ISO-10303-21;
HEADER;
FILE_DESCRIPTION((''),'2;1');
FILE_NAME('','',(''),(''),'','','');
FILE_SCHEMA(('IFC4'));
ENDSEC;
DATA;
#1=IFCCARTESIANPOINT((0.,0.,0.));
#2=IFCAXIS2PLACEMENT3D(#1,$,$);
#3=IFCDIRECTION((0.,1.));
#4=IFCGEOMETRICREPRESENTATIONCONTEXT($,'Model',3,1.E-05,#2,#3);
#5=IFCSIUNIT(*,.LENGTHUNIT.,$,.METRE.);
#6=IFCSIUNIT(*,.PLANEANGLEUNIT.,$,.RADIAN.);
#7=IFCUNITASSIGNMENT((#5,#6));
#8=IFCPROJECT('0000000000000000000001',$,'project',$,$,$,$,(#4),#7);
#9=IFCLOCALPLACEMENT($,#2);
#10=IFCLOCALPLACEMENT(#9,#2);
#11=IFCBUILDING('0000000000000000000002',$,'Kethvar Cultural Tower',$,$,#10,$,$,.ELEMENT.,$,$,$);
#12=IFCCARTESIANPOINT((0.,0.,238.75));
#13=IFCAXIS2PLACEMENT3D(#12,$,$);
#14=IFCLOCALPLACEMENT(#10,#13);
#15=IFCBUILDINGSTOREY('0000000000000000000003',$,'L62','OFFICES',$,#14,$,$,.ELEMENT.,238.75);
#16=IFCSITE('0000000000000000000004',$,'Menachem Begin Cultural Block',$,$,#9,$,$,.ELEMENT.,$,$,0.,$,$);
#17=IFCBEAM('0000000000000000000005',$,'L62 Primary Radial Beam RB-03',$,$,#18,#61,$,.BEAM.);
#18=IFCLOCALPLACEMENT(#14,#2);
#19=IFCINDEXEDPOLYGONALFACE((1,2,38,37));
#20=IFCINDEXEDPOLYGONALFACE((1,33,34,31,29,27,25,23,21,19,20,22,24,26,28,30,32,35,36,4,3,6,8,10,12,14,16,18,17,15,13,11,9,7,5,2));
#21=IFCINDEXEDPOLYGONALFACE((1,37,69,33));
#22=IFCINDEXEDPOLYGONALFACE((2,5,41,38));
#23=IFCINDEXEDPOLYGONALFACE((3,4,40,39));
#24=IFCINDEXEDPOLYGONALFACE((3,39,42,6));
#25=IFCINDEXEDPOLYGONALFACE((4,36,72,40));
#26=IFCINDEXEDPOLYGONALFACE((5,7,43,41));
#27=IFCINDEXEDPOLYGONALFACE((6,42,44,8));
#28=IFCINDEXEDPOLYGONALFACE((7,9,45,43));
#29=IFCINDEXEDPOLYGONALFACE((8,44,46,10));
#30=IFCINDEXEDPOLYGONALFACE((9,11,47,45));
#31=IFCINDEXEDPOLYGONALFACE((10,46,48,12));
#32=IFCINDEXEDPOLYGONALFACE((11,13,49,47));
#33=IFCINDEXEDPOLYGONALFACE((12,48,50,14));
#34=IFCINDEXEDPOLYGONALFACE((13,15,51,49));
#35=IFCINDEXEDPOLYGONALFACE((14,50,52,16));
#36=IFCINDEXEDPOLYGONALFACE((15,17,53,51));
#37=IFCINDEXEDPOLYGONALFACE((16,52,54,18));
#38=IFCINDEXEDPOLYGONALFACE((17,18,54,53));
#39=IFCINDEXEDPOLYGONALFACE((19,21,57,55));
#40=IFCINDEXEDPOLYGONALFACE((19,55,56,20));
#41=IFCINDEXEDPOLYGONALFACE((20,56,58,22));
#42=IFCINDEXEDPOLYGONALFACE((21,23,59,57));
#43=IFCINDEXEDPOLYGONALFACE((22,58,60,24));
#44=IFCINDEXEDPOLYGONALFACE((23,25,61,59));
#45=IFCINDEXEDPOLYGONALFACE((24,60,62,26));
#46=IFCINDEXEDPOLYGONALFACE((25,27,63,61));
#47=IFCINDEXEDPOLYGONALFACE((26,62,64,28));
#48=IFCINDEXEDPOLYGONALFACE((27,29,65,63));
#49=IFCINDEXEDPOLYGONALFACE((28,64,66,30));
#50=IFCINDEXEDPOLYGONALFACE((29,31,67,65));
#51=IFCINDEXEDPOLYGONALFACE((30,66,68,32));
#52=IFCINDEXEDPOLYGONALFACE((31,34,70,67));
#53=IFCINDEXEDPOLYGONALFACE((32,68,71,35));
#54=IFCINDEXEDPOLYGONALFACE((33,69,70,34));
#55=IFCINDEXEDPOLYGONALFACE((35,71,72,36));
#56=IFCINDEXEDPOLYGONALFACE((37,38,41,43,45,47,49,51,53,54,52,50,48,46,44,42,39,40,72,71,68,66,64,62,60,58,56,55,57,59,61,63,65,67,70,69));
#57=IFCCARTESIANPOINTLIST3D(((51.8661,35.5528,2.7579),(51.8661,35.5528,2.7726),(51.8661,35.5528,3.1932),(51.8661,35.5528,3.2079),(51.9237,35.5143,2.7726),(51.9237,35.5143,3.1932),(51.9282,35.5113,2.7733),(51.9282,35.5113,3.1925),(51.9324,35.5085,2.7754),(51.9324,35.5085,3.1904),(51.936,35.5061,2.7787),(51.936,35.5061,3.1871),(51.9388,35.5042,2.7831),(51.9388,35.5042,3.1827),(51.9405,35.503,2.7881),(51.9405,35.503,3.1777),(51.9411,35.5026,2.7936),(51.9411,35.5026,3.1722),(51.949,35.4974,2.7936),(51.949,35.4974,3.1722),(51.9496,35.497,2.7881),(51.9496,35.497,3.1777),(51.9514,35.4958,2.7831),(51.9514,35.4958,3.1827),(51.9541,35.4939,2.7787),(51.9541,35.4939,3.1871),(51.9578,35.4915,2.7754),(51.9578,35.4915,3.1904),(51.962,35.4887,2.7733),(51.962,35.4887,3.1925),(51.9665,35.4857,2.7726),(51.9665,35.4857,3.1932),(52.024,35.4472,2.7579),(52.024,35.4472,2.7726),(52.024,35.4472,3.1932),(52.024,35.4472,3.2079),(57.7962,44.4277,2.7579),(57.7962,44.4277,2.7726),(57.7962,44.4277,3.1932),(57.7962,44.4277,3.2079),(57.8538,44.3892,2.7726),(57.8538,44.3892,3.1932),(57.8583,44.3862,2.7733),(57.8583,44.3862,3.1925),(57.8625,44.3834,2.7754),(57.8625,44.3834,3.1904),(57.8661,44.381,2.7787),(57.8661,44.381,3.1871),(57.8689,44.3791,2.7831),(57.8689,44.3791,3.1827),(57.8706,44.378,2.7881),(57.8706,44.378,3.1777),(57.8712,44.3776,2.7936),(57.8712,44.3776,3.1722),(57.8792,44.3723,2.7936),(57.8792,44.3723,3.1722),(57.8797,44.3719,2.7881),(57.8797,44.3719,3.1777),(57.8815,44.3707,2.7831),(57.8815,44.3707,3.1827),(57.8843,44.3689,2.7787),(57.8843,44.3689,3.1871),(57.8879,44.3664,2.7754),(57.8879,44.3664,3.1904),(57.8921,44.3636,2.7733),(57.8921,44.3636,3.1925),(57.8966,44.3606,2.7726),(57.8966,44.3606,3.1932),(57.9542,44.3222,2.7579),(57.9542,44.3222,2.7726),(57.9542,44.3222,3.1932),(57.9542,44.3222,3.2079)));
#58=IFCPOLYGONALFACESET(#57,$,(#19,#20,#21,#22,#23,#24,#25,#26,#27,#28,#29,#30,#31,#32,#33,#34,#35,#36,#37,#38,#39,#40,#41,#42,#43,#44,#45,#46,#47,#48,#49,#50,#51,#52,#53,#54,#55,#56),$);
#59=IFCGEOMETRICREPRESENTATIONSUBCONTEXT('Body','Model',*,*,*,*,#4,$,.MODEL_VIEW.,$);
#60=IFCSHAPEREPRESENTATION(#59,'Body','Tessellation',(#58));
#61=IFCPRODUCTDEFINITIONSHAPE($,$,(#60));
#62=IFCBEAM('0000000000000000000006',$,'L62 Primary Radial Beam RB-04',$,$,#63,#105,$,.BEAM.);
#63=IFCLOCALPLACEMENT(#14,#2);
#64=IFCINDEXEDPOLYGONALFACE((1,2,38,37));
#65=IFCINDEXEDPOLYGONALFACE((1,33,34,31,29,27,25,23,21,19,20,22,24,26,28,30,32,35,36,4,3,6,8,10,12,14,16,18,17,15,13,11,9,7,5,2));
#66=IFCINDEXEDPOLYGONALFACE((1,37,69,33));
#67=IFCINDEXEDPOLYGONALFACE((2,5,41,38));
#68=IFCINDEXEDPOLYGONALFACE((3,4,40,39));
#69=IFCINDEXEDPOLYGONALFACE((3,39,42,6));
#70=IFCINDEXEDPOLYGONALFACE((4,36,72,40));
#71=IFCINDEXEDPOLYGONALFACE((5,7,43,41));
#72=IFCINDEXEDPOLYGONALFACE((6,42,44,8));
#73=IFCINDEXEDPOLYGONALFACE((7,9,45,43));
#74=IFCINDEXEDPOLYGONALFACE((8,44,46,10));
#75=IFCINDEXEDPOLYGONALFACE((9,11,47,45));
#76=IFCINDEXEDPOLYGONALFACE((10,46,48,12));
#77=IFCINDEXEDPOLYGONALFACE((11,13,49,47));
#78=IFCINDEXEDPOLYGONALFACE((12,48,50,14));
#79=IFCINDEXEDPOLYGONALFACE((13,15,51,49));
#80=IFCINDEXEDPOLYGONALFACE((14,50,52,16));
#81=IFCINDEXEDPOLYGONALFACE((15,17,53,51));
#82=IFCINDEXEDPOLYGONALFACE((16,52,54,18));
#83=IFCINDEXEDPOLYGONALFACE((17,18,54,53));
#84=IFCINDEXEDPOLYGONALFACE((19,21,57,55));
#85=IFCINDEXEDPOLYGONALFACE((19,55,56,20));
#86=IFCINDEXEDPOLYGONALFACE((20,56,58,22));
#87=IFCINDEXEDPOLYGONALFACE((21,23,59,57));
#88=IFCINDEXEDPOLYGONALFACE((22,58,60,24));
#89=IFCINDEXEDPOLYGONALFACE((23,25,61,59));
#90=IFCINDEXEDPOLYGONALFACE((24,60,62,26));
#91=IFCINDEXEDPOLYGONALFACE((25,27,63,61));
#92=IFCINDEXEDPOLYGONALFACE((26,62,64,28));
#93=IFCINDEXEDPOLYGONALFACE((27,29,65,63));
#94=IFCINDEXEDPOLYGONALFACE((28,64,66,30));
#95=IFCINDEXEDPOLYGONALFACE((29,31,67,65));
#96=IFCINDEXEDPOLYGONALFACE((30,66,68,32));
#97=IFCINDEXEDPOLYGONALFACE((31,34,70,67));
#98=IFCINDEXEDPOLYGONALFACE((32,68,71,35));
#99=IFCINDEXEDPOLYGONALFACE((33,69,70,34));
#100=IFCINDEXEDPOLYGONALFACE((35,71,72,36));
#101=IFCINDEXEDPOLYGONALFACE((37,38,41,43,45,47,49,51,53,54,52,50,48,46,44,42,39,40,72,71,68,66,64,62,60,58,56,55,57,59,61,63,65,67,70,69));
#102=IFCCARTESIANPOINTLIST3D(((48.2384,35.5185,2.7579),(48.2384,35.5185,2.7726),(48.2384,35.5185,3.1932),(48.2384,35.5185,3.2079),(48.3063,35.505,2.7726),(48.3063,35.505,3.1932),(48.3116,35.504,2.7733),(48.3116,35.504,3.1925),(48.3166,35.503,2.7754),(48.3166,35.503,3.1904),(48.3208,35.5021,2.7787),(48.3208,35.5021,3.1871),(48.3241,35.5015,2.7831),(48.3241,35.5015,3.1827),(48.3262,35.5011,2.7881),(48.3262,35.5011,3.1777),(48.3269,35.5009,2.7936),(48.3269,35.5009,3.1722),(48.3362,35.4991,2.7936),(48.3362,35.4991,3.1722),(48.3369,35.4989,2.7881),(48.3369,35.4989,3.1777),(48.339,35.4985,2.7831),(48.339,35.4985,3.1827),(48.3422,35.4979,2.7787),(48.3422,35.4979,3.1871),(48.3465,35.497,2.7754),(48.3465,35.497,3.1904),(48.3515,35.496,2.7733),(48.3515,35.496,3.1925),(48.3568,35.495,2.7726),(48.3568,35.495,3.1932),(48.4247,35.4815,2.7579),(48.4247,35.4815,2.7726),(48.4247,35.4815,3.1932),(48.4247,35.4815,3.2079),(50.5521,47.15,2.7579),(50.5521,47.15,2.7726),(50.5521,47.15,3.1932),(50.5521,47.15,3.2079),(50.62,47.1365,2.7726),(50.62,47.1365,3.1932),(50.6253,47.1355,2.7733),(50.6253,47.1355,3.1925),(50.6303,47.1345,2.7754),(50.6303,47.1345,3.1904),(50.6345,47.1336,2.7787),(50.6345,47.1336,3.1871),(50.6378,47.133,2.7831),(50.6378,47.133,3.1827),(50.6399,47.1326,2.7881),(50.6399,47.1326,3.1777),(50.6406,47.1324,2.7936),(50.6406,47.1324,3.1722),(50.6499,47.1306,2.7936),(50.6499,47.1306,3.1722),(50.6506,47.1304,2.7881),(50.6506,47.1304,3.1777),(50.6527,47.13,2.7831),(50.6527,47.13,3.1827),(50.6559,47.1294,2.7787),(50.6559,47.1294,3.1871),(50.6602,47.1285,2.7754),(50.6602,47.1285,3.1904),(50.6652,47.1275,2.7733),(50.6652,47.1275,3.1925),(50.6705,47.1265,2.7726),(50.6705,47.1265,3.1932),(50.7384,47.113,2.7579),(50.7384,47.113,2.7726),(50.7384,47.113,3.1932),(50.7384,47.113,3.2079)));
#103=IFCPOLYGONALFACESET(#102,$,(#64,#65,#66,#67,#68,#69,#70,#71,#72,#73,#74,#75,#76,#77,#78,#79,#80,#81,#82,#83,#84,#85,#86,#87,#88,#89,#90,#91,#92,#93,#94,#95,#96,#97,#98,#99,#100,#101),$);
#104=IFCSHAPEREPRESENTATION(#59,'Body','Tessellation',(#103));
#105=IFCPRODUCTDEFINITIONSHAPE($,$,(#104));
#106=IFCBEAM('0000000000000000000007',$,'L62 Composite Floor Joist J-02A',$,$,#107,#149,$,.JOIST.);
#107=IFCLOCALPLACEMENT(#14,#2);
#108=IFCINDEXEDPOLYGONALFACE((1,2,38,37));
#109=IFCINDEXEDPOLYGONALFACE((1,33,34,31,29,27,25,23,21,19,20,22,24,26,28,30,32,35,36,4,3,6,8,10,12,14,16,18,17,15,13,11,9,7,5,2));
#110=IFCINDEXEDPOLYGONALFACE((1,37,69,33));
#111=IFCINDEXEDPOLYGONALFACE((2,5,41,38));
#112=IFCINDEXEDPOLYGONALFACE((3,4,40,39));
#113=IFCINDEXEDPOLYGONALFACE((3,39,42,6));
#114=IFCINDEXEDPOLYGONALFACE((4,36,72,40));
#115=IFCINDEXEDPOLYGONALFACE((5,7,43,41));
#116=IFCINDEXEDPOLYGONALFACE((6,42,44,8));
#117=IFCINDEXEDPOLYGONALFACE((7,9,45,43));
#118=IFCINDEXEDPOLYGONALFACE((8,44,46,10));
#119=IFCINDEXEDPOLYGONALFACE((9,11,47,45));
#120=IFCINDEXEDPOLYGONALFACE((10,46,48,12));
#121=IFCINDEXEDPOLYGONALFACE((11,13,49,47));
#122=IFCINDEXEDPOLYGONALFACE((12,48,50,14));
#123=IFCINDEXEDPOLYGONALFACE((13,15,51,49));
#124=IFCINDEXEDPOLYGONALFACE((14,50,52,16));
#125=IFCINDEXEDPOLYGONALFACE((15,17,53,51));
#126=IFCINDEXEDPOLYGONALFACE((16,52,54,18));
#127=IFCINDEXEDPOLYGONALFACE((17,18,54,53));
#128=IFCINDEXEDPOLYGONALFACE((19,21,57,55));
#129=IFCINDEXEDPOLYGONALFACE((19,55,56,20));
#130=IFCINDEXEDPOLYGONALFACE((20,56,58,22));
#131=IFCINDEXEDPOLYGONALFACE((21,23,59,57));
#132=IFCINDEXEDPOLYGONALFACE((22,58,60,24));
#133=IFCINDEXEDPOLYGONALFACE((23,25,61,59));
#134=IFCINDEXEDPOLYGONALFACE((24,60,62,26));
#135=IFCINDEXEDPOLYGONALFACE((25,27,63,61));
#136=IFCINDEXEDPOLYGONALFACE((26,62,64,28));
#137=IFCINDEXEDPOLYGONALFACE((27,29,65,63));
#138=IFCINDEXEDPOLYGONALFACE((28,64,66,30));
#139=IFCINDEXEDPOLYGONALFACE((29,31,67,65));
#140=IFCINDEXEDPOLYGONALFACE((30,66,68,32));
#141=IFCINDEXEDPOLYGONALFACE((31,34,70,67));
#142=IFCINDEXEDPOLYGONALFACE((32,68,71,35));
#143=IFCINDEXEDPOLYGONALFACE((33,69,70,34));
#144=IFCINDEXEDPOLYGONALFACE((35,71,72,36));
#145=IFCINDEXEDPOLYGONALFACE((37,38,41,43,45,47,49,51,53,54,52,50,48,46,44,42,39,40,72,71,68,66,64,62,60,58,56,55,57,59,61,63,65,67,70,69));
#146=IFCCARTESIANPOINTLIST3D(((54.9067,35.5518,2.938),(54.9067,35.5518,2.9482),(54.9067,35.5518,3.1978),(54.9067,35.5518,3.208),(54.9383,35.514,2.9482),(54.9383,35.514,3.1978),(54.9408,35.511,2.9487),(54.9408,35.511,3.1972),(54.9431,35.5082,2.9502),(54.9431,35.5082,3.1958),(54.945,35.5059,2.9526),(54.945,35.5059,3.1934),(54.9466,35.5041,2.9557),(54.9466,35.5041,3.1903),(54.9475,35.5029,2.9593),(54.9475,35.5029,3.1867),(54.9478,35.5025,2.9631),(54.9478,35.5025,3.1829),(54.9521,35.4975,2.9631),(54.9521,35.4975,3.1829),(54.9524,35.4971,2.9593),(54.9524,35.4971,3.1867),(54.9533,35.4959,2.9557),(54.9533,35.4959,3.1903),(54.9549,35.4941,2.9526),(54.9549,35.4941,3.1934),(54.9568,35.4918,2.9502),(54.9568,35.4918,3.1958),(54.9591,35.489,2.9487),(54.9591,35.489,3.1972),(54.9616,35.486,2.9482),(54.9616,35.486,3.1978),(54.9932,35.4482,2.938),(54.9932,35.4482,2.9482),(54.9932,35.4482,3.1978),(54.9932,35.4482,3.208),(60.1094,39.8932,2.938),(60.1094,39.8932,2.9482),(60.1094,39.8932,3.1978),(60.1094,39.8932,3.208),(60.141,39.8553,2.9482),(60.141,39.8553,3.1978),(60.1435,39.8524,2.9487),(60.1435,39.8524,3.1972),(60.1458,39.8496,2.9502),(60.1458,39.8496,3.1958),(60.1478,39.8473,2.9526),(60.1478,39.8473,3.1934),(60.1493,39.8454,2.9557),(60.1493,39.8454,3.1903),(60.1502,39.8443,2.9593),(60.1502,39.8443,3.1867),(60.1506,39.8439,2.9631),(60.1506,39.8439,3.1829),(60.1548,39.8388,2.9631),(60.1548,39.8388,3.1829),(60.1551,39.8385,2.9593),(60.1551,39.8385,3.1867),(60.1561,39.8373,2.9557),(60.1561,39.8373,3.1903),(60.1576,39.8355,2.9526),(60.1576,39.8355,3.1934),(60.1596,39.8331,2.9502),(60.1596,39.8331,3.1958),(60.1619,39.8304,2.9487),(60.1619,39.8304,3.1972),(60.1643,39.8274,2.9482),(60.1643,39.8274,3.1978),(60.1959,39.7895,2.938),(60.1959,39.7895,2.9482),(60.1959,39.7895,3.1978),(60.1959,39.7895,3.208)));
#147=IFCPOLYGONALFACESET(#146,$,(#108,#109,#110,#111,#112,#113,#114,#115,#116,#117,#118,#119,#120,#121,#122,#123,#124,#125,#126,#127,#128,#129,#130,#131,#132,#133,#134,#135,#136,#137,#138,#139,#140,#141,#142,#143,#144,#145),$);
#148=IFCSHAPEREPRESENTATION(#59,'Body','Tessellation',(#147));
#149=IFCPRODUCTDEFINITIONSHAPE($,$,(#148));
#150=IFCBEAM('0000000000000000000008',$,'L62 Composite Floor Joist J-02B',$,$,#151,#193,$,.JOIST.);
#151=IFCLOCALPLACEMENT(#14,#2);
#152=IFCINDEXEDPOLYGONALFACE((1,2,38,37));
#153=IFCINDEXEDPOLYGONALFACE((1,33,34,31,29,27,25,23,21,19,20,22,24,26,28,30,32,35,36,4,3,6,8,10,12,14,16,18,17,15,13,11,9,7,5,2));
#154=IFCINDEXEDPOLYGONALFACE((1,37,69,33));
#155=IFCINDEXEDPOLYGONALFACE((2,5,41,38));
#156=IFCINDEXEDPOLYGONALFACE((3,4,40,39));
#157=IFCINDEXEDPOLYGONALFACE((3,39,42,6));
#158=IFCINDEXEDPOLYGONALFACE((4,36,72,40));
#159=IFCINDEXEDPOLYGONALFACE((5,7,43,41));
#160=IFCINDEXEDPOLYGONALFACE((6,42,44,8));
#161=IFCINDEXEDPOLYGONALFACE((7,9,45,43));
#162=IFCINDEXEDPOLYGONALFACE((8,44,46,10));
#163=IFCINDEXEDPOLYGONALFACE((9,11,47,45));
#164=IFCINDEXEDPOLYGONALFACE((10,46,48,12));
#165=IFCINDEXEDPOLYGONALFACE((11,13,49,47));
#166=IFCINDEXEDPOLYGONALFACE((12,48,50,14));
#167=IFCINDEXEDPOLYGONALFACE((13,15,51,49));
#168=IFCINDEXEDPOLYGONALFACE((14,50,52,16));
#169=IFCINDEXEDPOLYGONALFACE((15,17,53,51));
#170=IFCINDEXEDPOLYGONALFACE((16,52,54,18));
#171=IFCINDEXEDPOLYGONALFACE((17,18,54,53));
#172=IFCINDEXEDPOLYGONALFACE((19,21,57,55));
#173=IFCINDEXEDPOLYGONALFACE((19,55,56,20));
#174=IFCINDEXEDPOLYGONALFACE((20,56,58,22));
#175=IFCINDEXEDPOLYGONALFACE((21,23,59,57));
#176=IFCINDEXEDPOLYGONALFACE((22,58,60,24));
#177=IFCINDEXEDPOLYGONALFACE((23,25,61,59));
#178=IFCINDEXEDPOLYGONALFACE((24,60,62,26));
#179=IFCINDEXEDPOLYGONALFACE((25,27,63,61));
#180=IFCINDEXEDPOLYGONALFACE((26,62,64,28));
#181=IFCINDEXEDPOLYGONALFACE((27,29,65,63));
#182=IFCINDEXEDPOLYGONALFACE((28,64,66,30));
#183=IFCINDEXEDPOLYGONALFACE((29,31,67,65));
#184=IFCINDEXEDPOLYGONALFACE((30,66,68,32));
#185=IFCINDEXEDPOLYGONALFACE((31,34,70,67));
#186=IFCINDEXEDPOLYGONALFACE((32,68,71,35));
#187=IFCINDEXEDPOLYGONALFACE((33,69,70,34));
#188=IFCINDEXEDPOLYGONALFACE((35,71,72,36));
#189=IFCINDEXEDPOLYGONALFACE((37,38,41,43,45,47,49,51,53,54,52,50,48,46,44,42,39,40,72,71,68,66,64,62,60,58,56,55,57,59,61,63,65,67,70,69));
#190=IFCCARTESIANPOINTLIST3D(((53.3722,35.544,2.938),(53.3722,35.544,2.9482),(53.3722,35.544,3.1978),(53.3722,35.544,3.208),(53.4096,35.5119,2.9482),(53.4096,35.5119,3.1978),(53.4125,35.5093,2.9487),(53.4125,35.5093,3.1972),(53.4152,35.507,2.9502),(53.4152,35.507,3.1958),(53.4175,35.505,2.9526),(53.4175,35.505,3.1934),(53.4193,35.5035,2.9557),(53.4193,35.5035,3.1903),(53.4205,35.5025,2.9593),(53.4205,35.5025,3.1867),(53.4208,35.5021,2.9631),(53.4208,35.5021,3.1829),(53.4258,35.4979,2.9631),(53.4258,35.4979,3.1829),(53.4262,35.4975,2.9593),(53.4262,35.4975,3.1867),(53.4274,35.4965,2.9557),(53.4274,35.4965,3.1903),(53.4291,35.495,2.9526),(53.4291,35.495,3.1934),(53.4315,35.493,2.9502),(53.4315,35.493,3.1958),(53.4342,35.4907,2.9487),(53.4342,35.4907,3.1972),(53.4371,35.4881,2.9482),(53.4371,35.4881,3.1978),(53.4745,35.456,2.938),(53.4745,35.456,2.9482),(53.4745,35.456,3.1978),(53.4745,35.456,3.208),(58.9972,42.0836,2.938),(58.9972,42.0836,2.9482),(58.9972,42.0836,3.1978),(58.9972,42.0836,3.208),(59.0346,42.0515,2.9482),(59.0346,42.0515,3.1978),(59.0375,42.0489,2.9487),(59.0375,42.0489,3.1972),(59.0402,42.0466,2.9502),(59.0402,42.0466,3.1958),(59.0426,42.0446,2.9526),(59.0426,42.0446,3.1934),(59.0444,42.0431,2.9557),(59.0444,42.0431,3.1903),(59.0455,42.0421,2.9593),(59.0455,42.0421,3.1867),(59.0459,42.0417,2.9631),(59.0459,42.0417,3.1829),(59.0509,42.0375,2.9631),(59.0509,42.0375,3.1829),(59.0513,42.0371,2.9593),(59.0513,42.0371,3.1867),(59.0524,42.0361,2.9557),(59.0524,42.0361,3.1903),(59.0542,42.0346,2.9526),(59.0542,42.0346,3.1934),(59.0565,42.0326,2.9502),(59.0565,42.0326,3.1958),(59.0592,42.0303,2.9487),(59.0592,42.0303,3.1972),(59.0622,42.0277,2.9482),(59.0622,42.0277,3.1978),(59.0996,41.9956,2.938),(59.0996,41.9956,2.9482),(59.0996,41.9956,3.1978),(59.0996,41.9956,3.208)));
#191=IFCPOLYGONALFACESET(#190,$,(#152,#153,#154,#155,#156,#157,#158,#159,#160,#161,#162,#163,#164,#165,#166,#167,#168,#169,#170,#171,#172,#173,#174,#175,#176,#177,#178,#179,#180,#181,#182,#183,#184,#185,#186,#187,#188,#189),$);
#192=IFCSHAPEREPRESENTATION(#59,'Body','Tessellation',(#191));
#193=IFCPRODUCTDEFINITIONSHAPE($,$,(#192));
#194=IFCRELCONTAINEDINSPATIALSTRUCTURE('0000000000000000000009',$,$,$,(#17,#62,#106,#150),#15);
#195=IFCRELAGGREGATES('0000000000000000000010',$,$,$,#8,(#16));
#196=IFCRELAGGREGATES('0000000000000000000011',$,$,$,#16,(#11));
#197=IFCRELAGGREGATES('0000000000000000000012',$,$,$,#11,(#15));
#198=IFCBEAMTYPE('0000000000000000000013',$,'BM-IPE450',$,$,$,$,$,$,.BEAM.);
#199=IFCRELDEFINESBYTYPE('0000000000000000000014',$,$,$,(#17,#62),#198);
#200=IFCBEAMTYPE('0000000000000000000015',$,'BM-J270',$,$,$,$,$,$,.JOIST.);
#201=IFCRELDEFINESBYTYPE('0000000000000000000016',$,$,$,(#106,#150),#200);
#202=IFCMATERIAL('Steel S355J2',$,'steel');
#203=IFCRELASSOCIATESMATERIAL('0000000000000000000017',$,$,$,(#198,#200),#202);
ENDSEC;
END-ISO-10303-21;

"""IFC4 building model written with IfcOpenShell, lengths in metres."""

from ifc_helpers import new_model, si_unit, direction, frame, origin, origin_2d, place, context, subcontext, project, spatial, i_section, extrude, source, transform, mapped, material, material_profile, profile_set, type_object, element, save


model = new_model("IFC4")

# Units and contexts
model_context = context("Model", 3, precision=1e-05, world=origin(), true_north=direction((0.0, 1.0)))
body_context = subcontext(model_context, "Body", "Model", "MODEL_VIEW")
ifc_project = project(units=[si_unit("LENGTHUNIT", "METRE"), si_unit("PLANEANGLEUNIT", "RADIAN")], contexts=[model_context])

# Site, building, storey
site_placement = place(None, origin())
site = spatial("IfcSite", under=ifc_project, at=site_placement, Name="Menachem Begin Cultural Block", CompositionType="ELEMENT", RefElevation=0.0)
building_placement = place(site_placement, origin())
building = spatial("IfcBuilding", under=site, at=building_placement, Name="Kethvar Cultural Tower", CompositionType="ELEMENT")
storey_placement = place(building_placement, frame((0.0, 0.0, 238.75)))
storey = spatial("IfcBuildingStorey", under=building, at=storey_placement, Name="L62", Description="OFFICES", CompositionType="ELEMENT", Elevation=238.75)

# Beams
ifc_material_1 = material(Name="Steel S355J2", Category="steel")
ifc_material_profile_1 = material_profile(ifc_material_1, i_section(OverallWidth=0.1899, OverallDepth=0.45, WebThickness=0.0095, FlangeThickness=0.0146, FilletRadius=0.021, at=origin_2d()), Name="Steel S355J2 — IPE450")
ifc_profile_set_1 = profile_set([ifc_material_profile_1], Name="Steel S355J2 — IPE450")
beam_type_1 = type_object("IfcBeamType", Name="BM-IPE450", PredefinedType="BEAM", material=ifc_profile_set_1)
shared_shape_1 = source(origin(), body_context, "Body", "SweptSolid", [
    extrude(i_section(OverallWidth=0.1899, OverallDepth=0.45, WebThickness=0.0095, FlangeThickness=0.0146, FilletRadius=0.021, at=origin_2d()), origin(), (0.0, 0.0, 1.0), 10.6738),
])
beam_1_placement = place(storey_placement, frame((51.9451, 35.5, 2.9829), z_axis=(0.555576, 0.831466, 0.0), x_axis=(-0.831466, 0.555576, 0.0)))
element("IfcBeam", 1, at=beam_1_placement, inside=storey, type_object=beam_type_1, Name="L62 Primary Radial Beam RB-03", PredefinedType="BEAM", context=body_context, shape_type="MappedRepresentation", body=[
    mapped(shared_shape_1, transform((0.0, 0.0, 0.0), scale=1.0)),
])
shared_shape_2 = source(origin(), body_context, "Body", "SweptSolid", [
    extrude(i_section(OverallWidth=0.1899, OverallDepth=0.45, WebThickness=0.0095, FlangeThickness=0.0146, FilletRadius=0.021, at=origin_2d()), origin(), (0.0, 0.0, 1.0), 11.8594),
])
beam_2_placement = place(storey_placement, frame((48.3315, 35.5, 2.9829), z_axis=(0.195095, 0.980784, 0.0), x_axis=(-0.980784, 0.195095, 0.0)))
element("IfcBeam", 2, at=beam_2_placement, inside=storey, type_object=beam_type_1, Name="L62 Primary Radial Beam RB-04", PredefinedType="BEAM", context=body_context, shape_type="MappedRepresentation", body=[
    mapped(shared_shape_2, transform((0.0, 0.0, 0.0), scale=1.0)),
])
ifc_material_profile_2 = material_profile(ifc_material_1, i_section(OverallWidth=0.135, OverallDepth=0.27, WebThickness=0.0066, FlangeThickness=0.0103, FilletRadius=0.0149, at=origin_2d()), Name="Steel S355J2 — IPE270")
ifc_profile_set_2 = profile_set([ifc_material_profile_2], Name="Steel S355J2 — IPE270")
beam_type_2 = type_object("IfcBeamType", Name="BM-J270", PredefinedType="JOIST", material=ifc_profile_set_2)
shared_shape_3 = source(origin(), body_context, "Body", "SweptSolid", [
    extrude(i_section(OverallWidth=0.135, OverallDepth=0.27, WebThickness=0.0066, FlangeThickness=0.0103, FilletRadius=0.0149, at=origin_2d()), origin(), (0.0, 0.0, 1.0), 6.7761),
])
beam_3_placement = place(storey_placement, frame((54.95, 35.5, 3.073), z_axis=(0.767802, 0.640688, 0.0), x_axis=(-0.640688, 0.767802, 0.0)))
element("IfcBeam", 3, at=beam_3_placement, inside=storey, type_object=beam_type_2, Name="L62 Composite Floor Joist J-02A", PredefinedType="JOIST", context=body_context, shape_type="MappedRepresentation", body=[
    mapped(shared_shape_3, transform((0.0, 0.0, 0.0), scale=1.0)),
])
shared_shape_4 = source(origin(), body_context, "Body", "SweptSolid", [
    extrude(i_section(OverallWidth=0.135, OverallDepth=0.27, WebThickness=0.0066, FlangeThickness=0.0103, FilletRadius=0.0149, at=origin_2d()), origin(), (0.0, 0.0, 1.0), 8.626),
])
beam_4_placement = place(storey_placement, frame((53.4233, 35.5, 3.073), z_axis=(0.652105, 0.758129, 0.0), x_axis=(-0.758129, 0.652105, 0.0)))
element("IfcBeam", 4, at=beam_4_placement, inside=storey, type_object=beam_type_2, Name="L62 Composite Floor Joist J-02B", PredefinedType="JOIST", context=body_context, shape_type="MappedRepresentation", body=[
    mapped(shared_shape_4, transform((0.0, 0.0, 0.0), scale=1.0)),
])

save(model, "model.ifc")
